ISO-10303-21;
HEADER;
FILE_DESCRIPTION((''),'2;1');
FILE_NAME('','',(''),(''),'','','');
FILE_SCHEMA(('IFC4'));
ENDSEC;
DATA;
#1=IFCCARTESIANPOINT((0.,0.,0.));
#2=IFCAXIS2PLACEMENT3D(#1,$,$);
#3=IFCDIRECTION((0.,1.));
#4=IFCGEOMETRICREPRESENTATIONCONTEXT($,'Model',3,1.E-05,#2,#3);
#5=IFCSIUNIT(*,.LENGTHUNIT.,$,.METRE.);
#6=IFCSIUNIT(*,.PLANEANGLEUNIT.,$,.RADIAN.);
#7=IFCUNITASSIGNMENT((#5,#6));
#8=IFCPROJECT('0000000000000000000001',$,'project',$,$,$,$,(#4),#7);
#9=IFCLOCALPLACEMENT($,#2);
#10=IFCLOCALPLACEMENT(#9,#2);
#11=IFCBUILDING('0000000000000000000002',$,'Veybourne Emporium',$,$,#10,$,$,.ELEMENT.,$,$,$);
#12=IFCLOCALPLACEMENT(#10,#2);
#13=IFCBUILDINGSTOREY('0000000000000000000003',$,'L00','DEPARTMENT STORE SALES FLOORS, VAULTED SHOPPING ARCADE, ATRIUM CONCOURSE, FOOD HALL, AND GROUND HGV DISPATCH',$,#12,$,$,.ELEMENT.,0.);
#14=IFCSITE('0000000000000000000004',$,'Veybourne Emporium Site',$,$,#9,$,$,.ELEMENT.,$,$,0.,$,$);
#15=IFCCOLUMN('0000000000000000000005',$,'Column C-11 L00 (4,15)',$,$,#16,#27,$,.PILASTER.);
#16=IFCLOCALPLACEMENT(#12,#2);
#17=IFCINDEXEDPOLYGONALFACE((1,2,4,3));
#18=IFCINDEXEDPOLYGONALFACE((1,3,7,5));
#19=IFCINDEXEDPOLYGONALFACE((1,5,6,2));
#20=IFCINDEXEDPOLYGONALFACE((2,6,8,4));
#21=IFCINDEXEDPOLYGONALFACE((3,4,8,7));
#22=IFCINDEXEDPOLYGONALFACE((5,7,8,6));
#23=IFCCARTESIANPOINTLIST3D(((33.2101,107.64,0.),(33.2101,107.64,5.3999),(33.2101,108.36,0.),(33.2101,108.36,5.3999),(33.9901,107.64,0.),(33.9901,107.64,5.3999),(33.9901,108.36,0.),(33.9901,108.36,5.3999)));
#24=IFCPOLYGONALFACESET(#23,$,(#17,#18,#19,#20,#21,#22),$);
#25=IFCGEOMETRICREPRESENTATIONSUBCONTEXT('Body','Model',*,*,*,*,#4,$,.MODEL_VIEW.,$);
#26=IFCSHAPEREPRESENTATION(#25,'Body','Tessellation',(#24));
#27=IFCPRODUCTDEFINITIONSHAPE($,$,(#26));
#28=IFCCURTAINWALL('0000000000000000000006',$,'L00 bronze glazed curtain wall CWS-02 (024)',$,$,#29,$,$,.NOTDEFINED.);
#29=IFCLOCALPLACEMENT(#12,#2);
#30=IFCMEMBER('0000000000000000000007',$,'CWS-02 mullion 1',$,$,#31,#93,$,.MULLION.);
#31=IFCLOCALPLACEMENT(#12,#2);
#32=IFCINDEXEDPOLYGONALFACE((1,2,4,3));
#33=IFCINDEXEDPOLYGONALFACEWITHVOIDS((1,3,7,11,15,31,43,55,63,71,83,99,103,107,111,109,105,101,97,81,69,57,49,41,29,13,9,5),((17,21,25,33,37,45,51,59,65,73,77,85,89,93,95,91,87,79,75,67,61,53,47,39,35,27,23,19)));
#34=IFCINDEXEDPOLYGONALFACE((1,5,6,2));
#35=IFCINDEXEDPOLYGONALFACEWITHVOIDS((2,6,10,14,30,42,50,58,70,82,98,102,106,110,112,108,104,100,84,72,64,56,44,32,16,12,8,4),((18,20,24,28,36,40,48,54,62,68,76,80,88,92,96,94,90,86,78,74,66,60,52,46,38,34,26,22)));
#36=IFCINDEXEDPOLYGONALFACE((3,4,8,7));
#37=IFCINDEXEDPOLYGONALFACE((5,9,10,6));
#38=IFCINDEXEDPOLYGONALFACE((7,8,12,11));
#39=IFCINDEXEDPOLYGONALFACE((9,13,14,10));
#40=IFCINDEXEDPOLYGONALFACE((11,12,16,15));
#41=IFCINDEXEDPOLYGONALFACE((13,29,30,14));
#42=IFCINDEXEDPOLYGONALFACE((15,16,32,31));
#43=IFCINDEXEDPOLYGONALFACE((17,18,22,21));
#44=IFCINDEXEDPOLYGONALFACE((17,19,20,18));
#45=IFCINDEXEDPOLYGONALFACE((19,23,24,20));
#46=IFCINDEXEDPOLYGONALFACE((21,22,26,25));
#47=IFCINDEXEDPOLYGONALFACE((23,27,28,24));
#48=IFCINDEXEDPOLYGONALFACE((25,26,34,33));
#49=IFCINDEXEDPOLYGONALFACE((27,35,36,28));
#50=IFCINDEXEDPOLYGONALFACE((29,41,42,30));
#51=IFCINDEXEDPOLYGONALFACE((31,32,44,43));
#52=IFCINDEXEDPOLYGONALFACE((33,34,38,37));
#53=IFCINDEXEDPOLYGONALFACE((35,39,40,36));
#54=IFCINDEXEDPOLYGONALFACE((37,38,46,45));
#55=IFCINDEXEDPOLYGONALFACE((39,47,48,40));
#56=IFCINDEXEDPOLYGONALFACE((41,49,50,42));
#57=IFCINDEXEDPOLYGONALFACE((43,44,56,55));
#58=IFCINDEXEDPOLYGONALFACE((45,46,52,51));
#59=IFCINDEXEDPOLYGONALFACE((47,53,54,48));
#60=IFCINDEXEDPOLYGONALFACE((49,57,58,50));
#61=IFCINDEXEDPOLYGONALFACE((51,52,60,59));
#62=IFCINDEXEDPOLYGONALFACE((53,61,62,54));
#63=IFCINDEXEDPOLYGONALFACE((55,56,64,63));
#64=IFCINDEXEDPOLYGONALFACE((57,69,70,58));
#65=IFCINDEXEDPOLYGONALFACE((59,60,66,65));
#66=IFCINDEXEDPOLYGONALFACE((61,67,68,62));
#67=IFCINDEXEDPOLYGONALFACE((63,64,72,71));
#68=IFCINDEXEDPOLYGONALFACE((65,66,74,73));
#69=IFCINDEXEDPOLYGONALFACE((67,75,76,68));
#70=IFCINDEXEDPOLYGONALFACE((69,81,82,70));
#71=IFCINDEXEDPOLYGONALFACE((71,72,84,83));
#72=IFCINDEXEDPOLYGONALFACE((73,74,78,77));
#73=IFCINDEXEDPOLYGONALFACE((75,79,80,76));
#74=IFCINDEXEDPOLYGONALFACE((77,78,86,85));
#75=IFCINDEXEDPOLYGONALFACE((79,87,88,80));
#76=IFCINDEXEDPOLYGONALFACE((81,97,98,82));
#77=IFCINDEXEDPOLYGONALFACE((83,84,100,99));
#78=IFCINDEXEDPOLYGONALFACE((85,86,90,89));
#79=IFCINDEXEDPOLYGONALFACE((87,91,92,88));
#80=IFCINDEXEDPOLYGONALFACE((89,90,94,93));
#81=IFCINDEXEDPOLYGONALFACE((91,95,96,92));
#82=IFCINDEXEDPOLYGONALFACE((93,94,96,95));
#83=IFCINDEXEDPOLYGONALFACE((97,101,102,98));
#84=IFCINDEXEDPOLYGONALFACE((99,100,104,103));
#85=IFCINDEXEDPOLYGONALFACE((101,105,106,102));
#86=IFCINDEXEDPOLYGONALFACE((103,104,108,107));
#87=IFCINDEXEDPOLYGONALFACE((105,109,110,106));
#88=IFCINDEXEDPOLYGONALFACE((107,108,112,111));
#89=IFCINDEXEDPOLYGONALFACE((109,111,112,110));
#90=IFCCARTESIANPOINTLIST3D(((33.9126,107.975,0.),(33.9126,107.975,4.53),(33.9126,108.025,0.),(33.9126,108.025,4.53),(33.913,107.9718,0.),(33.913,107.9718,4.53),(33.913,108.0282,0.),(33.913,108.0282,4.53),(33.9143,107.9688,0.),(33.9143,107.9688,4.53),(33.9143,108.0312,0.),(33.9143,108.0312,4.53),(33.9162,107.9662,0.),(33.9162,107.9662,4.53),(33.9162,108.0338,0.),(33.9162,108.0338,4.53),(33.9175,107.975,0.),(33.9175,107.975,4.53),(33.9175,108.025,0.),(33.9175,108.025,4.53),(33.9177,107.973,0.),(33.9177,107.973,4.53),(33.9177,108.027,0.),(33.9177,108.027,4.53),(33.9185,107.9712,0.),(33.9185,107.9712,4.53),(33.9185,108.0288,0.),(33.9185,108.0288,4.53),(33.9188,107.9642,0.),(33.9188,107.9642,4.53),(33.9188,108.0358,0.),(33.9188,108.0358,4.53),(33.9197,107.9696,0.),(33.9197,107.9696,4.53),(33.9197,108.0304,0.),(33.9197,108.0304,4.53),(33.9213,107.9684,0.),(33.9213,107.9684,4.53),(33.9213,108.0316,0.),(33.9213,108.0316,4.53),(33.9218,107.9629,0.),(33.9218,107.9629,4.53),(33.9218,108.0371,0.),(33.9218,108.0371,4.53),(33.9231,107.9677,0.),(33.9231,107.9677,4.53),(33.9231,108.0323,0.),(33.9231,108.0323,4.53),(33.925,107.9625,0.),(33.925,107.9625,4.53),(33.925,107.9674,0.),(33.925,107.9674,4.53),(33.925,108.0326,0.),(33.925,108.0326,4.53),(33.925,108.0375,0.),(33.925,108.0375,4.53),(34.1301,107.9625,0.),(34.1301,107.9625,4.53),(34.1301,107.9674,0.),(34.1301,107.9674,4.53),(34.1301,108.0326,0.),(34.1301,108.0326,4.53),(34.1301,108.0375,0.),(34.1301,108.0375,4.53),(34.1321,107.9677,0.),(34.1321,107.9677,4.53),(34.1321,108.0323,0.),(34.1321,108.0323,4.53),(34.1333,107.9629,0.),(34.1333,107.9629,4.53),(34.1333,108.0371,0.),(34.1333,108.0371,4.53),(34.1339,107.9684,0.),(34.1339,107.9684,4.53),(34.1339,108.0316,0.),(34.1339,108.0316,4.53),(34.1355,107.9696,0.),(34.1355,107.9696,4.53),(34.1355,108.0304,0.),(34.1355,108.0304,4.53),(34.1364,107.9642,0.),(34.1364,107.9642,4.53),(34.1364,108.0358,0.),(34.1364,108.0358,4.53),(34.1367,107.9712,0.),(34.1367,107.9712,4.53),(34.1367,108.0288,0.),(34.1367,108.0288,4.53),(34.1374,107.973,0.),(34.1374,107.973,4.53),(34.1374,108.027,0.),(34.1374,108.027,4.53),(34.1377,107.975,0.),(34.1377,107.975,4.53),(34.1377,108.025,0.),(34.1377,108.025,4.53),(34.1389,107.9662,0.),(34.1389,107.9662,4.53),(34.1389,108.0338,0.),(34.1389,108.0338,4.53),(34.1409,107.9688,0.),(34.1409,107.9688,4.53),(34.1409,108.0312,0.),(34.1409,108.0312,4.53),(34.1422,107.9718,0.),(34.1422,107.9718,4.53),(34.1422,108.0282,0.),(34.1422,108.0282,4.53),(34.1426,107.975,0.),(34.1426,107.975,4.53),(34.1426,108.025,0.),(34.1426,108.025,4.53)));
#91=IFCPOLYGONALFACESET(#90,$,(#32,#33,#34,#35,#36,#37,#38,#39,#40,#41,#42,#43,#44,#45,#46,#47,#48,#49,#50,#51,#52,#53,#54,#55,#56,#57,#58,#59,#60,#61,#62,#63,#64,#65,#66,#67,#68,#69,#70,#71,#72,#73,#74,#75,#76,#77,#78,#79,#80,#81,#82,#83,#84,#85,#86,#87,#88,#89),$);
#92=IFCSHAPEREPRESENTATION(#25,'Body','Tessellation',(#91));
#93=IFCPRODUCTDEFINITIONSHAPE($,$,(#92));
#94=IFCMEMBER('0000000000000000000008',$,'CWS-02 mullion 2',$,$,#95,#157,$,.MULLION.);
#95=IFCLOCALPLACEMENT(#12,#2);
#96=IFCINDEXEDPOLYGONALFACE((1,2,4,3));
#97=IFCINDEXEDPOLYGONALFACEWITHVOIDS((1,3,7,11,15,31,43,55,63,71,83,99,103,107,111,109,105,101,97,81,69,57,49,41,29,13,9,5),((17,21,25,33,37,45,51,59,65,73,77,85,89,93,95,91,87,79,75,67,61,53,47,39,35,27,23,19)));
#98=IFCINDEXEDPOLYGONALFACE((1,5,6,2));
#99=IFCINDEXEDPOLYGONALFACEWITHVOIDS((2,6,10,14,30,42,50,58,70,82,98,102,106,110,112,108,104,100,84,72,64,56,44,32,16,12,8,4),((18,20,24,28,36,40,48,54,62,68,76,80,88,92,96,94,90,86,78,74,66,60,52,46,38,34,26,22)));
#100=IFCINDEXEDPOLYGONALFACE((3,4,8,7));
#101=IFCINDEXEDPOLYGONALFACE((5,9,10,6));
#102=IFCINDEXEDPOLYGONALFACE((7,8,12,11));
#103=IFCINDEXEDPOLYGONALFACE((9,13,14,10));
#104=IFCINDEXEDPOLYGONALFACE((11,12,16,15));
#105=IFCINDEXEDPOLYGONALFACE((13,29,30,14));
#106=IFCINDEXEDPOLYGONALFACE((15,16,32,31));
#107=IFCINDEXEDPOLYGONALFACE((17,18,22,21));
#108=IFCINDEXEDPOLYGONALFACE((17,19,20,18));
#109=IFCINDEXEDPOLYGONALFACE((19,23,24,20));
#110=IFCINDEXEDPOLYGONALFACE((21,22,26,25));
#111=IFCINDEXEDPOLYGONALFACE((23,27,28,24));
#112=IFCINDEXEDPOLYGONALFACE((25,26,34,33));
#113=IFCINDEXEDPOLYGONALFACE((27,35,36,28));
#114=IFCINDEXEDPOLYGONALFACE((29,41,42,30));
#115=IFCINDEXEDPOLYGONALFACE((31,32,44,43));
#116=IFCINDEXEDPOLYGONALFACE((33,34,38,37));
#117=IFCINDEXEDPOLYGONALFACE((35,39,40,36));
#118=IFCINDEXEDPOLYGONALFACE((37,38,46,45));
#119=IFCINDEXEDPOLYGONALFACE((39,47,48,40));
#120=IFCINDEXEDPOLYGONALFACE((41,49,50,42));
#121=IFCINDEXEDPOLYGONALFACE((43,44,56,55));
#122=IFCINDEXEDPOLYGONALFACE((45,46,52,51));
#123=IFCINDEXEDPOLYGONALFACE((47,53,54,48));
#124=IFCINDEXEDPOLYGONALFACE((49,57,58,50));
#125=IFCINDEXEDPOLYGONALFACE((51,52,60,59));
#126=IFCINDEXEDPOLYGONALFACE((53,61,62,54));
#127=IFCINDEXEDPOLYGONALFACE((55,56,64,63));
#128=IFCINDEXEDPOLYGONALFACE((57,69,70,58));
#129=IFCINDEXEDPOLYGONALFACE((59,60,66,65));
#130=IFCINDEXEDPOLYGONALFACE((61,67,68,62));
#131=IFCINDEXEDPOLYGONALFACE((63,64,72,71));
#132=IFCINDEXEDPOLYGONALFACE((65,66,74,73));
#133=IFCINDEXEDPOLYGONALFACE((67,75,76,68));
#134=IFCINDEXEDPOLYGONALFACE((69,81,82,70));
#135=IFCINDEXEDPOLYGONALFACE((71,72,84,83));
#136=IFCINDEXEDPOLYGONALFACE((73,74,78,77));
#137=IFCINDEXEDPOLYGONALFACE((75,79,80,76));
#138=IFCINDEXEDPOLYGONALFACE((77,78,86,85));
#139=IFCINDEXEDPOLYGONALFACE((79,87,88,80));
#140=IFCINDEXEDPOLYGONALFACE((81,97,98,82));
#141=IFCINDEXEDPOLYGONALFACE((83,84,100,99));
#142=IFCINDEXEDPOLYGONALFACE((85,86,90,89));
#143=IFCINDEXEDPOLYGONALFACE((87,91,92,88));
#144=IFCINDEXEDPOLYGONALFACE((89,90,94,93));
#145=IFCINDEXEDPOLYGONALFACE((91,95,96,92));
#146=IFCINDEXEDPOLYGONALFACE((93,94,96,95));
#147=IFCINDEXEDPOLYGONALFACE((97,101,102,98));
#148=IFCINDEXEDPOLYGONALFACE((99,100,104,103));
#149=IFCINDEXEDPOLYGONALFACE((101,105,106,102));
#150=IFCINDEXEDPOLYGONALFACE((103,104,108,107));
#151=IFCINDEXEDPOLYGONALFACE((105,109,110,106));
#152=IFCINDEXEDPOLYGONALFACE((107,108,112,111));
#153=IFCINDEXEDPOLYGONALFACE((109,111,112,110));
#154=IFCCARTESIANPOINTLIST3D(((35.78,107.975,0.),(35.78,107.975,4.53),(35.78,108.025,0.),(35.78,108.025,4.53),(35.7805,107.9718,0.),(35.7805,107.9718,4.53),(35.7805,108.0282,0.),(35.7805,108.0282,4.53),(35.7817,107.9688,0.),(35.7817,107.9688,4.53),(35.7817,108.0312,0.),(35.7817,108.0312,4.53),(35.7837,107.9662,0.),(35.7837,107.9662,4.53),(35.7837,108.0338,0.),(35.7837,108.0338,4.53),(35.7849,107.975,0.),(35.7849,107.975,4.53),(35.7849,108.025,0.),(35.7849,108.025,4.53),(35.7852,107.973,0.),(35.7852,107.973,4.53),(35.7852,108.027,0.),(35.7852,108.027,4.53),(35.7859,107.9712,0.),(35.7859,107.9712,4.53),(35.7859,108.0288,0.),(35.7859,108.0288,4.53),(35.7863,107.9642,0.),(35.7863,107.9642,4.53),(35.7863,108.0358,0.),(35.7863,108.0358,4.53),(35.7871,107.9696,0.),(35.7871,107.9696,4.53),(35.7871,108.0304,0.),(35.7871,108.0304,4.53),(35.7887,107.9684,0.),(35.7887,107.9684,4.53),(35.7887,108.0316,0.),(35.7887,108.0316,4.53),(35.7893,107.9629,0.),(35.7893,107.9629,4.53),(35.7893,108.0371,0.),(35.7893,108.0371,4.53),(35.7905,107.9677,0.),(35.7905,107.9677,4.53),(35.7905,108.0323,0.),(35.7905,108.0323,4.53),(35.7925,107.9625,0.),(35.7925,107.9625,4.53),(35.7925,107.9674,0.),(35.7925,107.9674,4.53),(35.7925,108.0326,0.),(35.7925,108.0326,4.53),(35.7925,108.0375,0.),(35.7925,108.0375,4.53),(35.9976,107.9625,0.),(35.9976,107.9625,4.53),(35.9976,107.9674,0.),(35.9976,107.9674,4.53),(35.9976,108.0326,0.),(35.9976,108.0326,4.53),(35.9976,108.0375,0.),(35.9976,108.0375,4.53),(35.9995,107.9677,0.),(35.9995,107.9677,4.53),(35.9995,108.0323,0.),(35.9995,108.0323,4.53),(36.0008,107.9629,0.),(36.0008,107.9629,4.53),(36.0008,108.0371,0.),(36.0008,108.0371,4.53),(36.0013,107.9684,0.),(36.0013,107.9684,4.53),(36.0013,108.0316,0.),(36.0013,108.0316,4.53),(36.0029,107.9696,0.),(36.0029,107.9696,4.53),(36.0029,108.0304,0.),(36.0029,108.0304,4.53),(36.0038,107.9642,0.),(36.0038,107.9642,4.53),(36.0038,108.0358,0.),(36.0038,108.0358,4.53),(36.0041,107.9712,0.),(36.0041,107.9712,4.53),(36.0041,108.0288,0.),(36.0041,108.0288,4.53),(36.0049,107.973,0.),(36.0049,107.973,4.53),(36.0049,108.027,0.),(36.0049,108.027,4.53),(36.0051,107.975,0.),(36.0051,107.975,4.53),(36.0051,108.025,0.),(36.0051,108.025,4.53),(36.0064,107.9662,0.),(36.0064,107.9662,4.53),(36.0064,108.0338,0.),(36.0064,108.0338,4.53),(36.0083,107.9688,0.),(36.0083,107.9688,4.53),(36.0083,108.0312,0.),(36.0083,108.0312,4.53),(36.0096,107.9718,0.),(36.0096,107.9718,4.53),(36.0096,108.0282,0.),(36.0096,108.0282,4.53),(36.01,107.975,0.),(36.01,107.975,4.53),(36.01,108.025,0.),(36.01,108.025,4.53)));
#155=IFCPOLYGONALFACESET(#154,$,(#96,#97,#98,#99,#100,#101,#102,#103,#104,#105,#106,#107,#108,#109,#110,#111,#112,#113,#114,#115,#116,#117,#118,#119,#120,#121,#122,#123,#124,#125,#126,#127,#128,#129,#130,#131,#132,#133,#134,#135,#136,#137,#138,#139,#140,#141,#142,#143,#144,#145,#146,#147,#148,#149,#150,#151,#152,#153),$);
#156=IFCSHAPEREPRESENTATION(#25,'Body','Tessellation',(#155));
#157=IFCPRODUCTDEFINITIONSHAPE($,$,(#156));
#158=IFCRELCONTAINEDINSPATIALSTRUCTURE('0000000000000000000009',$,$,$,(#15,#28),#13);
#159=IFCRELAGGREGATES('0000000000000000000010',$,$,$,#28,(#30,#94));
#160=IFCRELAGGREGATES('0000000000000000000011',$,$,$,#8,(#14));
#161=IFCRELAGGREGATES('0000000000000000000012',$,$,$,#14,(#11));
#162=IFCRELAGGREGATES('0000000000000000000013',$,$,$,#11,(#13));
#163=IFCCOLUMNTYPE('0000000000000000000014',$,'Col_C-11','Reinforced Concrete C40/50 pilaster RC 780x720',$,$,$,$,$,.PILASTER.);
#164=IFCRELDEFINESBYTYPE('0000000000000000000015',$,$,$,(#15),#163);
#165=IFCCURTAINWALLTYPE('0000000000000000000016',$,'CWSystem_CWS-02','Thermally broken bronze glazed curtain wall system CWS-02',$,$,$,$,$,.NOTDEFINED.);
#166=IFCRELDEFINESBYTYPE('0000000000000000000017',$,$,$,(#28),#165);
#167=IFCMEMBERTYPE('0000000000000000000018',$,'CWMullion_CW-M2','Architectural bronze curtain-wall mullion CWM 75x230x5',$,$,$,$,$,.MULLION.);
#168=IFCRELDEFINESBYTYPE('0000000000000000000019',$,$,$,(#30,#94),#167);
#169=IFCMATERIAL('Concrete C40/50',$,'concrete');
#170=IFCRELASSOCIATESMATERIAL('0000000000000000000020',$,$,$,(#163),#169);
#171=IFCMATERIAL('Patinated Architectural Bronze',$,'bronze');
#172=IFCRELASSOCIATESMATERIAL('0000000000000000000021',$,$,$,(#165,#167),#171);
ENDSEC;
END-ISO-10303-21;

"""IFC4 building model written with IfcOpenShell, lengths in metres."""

from ifc_helpers import new_model, si_unit, direction, frame, origin, origin_2d, place, context, subcontext, project, spatial, rectangle, hollow_rectangle, extrude, material, material_profile, profile_set, type_object, element, aggregate, save


model = new_model("IFC4")

# Units and contexts
model_context = context("Model", 3, precision=1e-05, world=origin(), true_north=direction((0.0, 1.0)))
body_context = subcontext(model_context, "Body", "Model", "MODEL_VIEW")
ifc_project = project(units=[si_unit("LENGTHUNIT", "METRE"), si_unit("PLANEANGLEUNIT", "RADIAN")], contexts=[model_context])

# Site, building, storey
site_placement = place(None, origin())
site = spatial("IfcSite", under=ifc_project, at=site_placement, Name="Veybourne Emporium Site", CompositionType="ELEMENT", RefElevation=0.0)
building_placement = place(site_placement, origin())
building = spatial("IfcBuilding", under=site, at=building_placement, Name="Veybourne Emporium", CompositionType="ELEMENT")
storey_placement = place(building_placement, origin())
storey = spatial("IfcBuildingStorey", under=building, at=storey_placement, Name="L00", Description="DEPARTMENT STORE SALES FLOORS, VAULTED SHOPPING ARCADE, ATRIUM CONCOURSE, FOOD HALL, AND GROUND HGV DISPATCH", CompositionType="ELEMENT", Elevation=0.0)

# Column
ifc_material_1 = material(Name="Concrete C40/50", Category="concrete")
ifc_material_profile_1 = material_profile(ifc_material_1, rectangle(XDim=0.78, YDim=0.72, at=origin_2d()), Name="RC 780x720")
ifc_profile_set_1 = profile_set([ifc_material_profile_1], Name="Concrete C40/50")
column_type = type_object("IfcColumnType", Name="Col_C-11", Description="Reinforced Concrete C40/50 pilaster RC 780x720", PredefinedType="PILASTER", material=ifc_profile_set_1)
column_placement = place(storey_placement, frame((33.6001, 108.0, 0.0), z_axis=(0.0, 0.0, 1.0), x_axis=(1.0, 0.0, 0.0)))
element("IfcColumn", 1, at=column_placement, inside=storey, type_object=column_type, Name="Column C-11 L00 (4,15)", PredefinedType="PILASTER", context=body_context, shape_type="SweptSolid", body=[
    extrude(rectangle(XDim=0.78, YDim=0.72, at=origin_2d()), origin(), (0.0, 0.0, 1.0), 5.3999),
])

# Curtain wall, members
ifc_material_2 = material(Name="Patinated Architectural Bronze", Category="bronze")
curtain_wall_type = type_object("IfcCurtainWallType", Name="CWSystem_CWS-02", Description="Thermally broken bronze glazed curtain wall system CWS-02", PredefinedType="NOTDEFINED", material=ifc_material_2)
curtain_wall_placement = place(storey_placement, origin())
curtain_wall = element("IfcCurtainWall", 2, at=curtain_wall_placement, inside=storey, type_object=curtain_wall_type, Name="L00 bronze glazed curtain wall CWS-02 (024)", PredefinedType="NOTDEFINED")
ifc_material_profile_2 = material_profile(ifc_material_2, hollow_rectangle(XDim=0.075, YDim=0.23, WallThickness=0.0049, InnerFilletRadius=0.0076, OuterFilletRadius=0.0125, at=origin_2d()), Name="CWM 75x230x5")
ifc_profile_set_2 = profile_set([ifc_material_profile_2], Name="Patinated Architectural Bronze")
member_type_1 = type_object("IfcMemberType", Name="CWMullion_CW-M2", Description="Architectural bronze curtain-wall mullion CWM 75x230x5", PredefinedType="MULLION", material=ifc_profile_set_2)
member_1_placement = place(storey_placement, frame((34.0276, 108.0, 0.0), z_axis=(0.0, 0.0, 1.0), x_axis=(0.0, 1.0, 0.0)))
member_1 = element("IfcMember", 3, at=member_1_placement, type_object=member_type_1, Name="CWS-02 mullion 1", PredefinedType="MULLION", context=body_context, shape_type="SweptSolid", body=[
    extrude(hollow_rectangle(XDim=0.075, YDim=0.23, WallThickness=0.0049, InnerFilletRadius=0.0076, OuterFilletRadius=0.0125, at=origin_2d()), origin(), (0.0, 0.0, 1.0), 4.53),
])
member_2_placement = place(storey_placement, frame((35.895, 108.0, 0.0), z_axis=(0.0, 0.0, 1.0), x_axis=(0.0, 1.0, 0.0)))
member_2 = element("IfcMember", 4, at=member_2_placement, type_object=member_type_1, Name="CWS-02 mullion 2", PredefinedType="MULLION", context=body_context, shape_type="SweptSolid", body=[
    extrude(hollow_rectangle(XDim=0.075, YDim=0.23, WallThickness=0.0049, InnerFilletRadius=0.0076, OuterFilletRadius=0.0125, at=origin_2d()), origin(), (0.0, 0.0, 1.0), 4.53),
])

aggregate(curtain_wall, [member_1, member_2])

save(model, "model.ifc")
